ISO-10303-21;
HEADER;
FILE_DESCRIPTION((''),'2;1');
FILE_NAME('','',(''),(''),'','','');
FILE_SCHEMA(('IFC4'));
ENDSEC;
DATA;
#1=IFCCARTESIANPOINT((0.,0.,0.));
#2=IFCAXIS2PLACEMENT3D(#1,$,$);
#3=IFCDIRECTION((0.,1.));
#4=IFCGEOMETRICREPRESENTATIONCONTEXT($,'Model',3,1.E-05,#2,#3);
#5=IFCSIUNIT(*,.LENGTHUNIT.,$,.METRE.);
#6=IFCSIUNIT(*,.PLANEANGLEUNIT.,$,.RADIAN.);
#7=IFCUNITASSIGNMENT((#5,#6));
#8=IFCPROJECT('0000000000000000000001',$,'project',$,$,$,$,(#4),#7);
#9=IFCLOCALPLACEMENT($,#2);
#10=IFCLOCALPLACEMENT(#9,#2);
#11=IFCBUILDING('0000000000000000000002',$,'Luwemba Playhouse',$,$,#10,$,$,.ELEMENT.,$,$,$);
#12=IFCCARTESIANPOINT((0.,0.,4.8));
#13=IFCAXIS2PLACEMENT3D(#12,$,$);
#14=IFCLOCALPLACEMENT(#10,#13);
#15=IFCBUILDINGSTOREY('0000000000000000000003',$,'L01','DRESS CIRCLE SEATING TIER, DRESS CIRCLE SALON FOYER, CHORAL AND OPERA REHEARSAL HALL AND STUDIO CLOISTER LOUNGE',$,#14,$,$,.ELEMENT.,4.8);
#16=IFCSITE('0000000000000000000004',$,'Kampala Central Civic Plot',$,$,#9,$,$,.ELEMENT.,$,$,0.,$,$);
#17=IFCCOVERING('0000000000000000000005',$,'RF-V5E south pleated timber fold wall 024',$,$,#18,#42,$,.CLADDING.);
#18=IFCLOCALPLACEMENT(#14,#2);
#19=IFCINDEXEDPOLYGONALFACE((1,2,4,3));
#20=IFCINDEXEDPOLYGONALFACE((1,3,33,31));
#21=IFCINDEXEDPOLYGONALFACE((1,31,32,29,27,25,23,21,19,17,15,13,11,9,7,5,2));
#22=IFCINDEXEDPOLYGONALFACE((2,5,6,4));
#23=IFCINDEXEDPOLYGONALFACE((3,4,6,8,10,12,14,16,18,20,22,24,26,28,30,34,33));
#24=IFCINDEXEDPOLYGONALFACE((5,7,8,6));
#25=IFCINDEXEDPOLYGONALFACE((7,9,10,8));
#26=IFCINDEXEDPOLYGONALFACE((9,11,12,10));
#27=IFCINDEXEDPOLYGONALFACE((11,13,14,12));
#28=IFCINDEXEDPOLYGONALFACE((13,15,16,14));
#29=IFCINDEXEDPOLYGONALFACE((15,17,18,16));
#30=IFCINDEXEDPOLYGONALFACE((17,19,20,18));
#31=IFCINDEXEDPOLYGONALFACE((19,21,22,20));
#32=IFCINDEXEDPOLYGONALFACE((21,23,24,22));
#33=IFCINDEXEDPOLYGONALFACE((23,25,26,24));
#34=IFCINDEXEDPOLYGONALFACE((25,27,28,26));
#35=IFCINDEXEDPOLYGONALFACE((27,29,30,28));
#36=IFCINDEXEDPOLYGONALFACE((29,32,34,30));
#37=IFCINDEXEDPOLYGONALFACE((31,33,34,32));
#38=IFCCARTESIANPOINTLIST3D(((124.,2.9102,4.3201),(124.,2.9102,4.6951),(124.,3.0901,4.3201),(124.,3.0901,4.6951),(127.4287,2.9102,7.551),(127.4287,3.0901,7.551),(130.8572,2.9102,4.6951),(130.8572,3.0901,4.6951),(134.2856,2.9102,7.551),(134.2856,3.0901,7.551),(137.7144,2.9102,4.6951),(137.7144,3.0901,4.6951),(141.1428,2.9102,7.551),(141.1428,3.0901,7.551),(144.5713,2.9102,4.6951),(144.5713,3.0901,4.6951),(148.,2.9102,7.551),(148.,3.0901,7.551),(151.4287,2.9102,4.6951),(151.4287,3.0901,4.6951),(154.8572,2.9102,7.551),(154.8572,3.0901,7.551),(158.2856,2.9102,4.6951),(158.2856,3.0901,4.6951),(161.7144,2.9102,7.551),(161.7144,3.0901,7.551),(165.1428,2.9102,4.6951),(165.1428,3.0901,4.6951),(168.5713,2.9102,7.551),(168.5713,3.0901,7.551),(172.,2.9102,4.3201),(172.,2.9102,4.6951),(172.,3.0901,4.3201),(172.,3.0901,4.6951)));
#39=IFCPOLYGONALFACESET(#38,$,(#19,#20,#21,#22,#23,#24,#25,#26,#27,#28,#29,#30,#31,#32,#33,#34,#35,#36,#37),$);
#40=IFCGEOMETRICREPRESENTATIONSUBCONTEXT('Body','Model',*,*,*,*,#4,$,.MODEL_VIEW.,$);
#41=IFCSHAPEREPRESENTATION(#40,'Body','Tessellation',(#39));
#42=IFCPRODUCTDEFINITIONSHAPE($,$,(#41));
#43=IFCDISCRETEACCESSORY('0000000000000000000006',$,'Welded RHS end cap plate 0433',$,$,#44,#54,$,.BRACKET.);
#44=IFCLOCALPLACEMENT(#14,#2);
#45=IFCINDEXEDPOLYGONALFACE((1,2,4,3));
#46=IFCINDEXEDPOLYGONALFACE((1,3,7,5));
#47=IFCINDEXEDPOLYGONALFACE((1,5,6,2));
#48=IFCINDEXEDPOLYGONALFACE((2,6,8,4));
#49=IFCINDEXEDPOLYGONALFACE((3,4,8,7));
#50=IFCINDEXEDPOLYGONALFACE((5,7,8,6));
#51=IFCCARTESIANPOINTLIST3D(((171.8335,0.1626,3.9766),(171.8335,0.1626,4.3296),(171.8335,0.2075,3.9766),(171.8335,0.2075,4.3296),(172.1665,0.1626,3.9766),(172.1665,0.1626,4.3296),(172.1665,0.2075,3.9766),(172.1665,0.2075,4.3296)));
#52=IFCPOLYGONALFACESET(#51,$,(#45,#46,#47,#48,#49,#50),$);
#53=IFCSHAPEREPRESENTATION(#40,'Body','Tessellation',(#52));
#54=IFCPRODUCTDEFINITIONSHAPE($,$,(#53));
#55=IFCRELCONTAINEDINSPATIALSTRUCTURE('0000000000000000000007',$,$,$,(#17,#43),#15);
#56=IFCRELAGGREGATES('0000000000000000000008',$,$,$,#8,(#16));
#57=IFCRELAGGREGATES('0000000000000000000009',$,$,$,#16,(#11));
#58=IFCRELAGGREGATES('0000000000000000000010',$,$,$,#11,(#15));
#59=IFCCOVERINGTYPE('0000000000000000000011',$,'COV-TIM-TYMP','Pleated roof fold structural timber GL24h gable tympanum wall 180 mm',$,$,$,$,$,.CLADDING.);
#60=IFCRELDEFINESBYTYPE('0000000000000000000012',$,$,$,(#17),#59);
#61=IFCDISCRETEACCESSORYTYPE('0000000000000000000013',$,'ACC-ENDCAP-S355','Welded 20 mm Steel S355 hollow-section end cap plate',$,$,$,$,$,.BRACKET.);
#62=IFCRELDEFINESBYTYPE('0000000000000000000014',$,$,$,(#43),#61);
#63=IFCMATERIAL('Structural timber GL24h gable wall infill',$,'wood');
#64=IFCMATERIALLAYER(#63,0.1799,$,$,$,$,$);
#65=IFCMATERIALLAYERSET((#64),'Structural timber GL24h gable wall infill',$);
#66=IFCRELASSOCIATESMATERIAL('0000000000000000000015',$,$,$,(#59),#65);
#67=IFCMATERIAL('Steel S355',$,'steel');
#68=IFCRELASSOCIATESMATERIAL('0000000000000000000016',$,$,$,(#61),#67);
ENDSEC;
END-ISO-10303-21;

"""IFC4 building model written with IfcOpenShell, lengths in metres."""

from ifc_helpers import new_model, si_unit, direction, frame, origin, origin_2d, place, context, subcontext, project, spatial, polyline, rectangle, outline, extrude, material, layer, layer_set, type_object, element, save


model = new_model("IFC4")

# Units and contexts
model_context = context("Model", 3, precision=1e-05, world=origin(), true_north=direction((0.0, 1.0)))
body_context = subcontext(model_context, "Body", "Model", "MODEL_VIEW")
ifc_project = project(units=[si_unit("LENGTHUNIT", "METRE"), si_unit("PLANEANGLEUNIT", "RADIAN")], contexts=[model_context])

# Site, building, storey
site_placement = place(None, origin())
site = spatial("IfcSite", under=ifc_project, at=site_placement, Name="Kampala Central Civic Plot", CompositionType="ELEMENT", RefElevation=0.0)
building_placement = place(site_placement, origin())
building = spatial("IfcBuilding", under=site, at=building_placement, Name="Luwemba Playhouse", CompositionType="ELEMENT")
storey_placement = place(building_placement, frame((0.0, 0.0, 4.8)))
storey = spatial("IfcBuildingStorey", under=building, at=storey_placement, Name="L01", Description="DRESS CIRCLE SEATING TIER, DRESS CIRCLE SALON FOYER, CHORAL AND OPERA REHEARSAL HALL AND STUDIO CLOISTER LOUNGE", CompositionType="ELEMENT", Elevation=4.8)

# Shared definitions
ifc_material_1 = material(Name="Steel S355", Category="steel")

# Covering
ifc_material_2 = material(Name="Structural timber GL24h gable wall infill", Category="wood")
ifc_layer_1 = layer(ifc_material_2, 0.1799)
ifc_layer_set_1 = layer_set([ifc_layer_1], Name="Structural timber GL24h gable wall infill")
covering_type = type_object("IfcCoveringType", Name="COV-TIM-TYMP", Description="Pleated roof fold structural timber GL24h gable tympanum wall 180 mm", PredefinedType="CLADDING", material=ifc_layer_set_1)
covering_placement = place(storey_placement, frame((172.0, 3.0, 4.3201), z_axis=(0.0, 0.0, 1.0), x_axis=(-1.0, 0.0, 0.0)))
element("IfcCovering", 1, at=covering_placement, inside=storey, type_object=covering_type, Name="RF-V5E south pleated timber fold wall 024", PredefinedType="CLADDING", context=body_context, shape_type="SweptSolid", body=[
    extrude(outline(polyline([(0.0, 0.0), (48.0, 0.0), (48.0, 0.375), (44.5713, 3.231), (41.1428, 0.375), (37.7144, 3.231), (34.2856, 0.375), (30.8572, 3.231), (27.4287, 0.375), (24.0, 3.231), (20.5713, 0.375), (17.1428, 3.231), (13.7144, 0.375), (10.2856, 3.231), (6.8572, 0.375), (3.4287, 3.231), (0.0, 0.375), (0.0, 0.0)])), frame((0.0, 0.0898, 0.0), z_axis=(0.0, -1.0, 0.0), x_axis=(1.0, 0.0, 0.0)), (0.0, 0.0, 1.0), 0.1799),
])

# Discrete accessory
discrete_accessory_type = type_object("IfcDiscreteAccessoryType", Name="ACC-ENDCAP-S355", Description="Welded 20 mm Steel S355 hollow-section end cap plate", PredefinedType="BRACKET", material=ifc_material_1)
discrete_accessory_placement = place(storey_placement, frame((172.0, 0.1851, 3.9766), z_axis=(0.0, 0.0, 1.0), x_axis=(1.0, 0.0, 0.0)))
element("IfcDiscreteAccessory", 2, at=discrete_accessory_placement, inside=storey, type_object=discrete_accessory_type, Name="Welded RHS end cap plate 0433", PredefinedType="BRACKET", context=body_context, shape_type="SweptSolid", body=[
    extrude(rectangle(XDim=0.333, YDim=0.0449, at=origin_2d()), origin(), (0.0, 0.0, 1.0), 0.353),
])

save(model, "model.ifc")
